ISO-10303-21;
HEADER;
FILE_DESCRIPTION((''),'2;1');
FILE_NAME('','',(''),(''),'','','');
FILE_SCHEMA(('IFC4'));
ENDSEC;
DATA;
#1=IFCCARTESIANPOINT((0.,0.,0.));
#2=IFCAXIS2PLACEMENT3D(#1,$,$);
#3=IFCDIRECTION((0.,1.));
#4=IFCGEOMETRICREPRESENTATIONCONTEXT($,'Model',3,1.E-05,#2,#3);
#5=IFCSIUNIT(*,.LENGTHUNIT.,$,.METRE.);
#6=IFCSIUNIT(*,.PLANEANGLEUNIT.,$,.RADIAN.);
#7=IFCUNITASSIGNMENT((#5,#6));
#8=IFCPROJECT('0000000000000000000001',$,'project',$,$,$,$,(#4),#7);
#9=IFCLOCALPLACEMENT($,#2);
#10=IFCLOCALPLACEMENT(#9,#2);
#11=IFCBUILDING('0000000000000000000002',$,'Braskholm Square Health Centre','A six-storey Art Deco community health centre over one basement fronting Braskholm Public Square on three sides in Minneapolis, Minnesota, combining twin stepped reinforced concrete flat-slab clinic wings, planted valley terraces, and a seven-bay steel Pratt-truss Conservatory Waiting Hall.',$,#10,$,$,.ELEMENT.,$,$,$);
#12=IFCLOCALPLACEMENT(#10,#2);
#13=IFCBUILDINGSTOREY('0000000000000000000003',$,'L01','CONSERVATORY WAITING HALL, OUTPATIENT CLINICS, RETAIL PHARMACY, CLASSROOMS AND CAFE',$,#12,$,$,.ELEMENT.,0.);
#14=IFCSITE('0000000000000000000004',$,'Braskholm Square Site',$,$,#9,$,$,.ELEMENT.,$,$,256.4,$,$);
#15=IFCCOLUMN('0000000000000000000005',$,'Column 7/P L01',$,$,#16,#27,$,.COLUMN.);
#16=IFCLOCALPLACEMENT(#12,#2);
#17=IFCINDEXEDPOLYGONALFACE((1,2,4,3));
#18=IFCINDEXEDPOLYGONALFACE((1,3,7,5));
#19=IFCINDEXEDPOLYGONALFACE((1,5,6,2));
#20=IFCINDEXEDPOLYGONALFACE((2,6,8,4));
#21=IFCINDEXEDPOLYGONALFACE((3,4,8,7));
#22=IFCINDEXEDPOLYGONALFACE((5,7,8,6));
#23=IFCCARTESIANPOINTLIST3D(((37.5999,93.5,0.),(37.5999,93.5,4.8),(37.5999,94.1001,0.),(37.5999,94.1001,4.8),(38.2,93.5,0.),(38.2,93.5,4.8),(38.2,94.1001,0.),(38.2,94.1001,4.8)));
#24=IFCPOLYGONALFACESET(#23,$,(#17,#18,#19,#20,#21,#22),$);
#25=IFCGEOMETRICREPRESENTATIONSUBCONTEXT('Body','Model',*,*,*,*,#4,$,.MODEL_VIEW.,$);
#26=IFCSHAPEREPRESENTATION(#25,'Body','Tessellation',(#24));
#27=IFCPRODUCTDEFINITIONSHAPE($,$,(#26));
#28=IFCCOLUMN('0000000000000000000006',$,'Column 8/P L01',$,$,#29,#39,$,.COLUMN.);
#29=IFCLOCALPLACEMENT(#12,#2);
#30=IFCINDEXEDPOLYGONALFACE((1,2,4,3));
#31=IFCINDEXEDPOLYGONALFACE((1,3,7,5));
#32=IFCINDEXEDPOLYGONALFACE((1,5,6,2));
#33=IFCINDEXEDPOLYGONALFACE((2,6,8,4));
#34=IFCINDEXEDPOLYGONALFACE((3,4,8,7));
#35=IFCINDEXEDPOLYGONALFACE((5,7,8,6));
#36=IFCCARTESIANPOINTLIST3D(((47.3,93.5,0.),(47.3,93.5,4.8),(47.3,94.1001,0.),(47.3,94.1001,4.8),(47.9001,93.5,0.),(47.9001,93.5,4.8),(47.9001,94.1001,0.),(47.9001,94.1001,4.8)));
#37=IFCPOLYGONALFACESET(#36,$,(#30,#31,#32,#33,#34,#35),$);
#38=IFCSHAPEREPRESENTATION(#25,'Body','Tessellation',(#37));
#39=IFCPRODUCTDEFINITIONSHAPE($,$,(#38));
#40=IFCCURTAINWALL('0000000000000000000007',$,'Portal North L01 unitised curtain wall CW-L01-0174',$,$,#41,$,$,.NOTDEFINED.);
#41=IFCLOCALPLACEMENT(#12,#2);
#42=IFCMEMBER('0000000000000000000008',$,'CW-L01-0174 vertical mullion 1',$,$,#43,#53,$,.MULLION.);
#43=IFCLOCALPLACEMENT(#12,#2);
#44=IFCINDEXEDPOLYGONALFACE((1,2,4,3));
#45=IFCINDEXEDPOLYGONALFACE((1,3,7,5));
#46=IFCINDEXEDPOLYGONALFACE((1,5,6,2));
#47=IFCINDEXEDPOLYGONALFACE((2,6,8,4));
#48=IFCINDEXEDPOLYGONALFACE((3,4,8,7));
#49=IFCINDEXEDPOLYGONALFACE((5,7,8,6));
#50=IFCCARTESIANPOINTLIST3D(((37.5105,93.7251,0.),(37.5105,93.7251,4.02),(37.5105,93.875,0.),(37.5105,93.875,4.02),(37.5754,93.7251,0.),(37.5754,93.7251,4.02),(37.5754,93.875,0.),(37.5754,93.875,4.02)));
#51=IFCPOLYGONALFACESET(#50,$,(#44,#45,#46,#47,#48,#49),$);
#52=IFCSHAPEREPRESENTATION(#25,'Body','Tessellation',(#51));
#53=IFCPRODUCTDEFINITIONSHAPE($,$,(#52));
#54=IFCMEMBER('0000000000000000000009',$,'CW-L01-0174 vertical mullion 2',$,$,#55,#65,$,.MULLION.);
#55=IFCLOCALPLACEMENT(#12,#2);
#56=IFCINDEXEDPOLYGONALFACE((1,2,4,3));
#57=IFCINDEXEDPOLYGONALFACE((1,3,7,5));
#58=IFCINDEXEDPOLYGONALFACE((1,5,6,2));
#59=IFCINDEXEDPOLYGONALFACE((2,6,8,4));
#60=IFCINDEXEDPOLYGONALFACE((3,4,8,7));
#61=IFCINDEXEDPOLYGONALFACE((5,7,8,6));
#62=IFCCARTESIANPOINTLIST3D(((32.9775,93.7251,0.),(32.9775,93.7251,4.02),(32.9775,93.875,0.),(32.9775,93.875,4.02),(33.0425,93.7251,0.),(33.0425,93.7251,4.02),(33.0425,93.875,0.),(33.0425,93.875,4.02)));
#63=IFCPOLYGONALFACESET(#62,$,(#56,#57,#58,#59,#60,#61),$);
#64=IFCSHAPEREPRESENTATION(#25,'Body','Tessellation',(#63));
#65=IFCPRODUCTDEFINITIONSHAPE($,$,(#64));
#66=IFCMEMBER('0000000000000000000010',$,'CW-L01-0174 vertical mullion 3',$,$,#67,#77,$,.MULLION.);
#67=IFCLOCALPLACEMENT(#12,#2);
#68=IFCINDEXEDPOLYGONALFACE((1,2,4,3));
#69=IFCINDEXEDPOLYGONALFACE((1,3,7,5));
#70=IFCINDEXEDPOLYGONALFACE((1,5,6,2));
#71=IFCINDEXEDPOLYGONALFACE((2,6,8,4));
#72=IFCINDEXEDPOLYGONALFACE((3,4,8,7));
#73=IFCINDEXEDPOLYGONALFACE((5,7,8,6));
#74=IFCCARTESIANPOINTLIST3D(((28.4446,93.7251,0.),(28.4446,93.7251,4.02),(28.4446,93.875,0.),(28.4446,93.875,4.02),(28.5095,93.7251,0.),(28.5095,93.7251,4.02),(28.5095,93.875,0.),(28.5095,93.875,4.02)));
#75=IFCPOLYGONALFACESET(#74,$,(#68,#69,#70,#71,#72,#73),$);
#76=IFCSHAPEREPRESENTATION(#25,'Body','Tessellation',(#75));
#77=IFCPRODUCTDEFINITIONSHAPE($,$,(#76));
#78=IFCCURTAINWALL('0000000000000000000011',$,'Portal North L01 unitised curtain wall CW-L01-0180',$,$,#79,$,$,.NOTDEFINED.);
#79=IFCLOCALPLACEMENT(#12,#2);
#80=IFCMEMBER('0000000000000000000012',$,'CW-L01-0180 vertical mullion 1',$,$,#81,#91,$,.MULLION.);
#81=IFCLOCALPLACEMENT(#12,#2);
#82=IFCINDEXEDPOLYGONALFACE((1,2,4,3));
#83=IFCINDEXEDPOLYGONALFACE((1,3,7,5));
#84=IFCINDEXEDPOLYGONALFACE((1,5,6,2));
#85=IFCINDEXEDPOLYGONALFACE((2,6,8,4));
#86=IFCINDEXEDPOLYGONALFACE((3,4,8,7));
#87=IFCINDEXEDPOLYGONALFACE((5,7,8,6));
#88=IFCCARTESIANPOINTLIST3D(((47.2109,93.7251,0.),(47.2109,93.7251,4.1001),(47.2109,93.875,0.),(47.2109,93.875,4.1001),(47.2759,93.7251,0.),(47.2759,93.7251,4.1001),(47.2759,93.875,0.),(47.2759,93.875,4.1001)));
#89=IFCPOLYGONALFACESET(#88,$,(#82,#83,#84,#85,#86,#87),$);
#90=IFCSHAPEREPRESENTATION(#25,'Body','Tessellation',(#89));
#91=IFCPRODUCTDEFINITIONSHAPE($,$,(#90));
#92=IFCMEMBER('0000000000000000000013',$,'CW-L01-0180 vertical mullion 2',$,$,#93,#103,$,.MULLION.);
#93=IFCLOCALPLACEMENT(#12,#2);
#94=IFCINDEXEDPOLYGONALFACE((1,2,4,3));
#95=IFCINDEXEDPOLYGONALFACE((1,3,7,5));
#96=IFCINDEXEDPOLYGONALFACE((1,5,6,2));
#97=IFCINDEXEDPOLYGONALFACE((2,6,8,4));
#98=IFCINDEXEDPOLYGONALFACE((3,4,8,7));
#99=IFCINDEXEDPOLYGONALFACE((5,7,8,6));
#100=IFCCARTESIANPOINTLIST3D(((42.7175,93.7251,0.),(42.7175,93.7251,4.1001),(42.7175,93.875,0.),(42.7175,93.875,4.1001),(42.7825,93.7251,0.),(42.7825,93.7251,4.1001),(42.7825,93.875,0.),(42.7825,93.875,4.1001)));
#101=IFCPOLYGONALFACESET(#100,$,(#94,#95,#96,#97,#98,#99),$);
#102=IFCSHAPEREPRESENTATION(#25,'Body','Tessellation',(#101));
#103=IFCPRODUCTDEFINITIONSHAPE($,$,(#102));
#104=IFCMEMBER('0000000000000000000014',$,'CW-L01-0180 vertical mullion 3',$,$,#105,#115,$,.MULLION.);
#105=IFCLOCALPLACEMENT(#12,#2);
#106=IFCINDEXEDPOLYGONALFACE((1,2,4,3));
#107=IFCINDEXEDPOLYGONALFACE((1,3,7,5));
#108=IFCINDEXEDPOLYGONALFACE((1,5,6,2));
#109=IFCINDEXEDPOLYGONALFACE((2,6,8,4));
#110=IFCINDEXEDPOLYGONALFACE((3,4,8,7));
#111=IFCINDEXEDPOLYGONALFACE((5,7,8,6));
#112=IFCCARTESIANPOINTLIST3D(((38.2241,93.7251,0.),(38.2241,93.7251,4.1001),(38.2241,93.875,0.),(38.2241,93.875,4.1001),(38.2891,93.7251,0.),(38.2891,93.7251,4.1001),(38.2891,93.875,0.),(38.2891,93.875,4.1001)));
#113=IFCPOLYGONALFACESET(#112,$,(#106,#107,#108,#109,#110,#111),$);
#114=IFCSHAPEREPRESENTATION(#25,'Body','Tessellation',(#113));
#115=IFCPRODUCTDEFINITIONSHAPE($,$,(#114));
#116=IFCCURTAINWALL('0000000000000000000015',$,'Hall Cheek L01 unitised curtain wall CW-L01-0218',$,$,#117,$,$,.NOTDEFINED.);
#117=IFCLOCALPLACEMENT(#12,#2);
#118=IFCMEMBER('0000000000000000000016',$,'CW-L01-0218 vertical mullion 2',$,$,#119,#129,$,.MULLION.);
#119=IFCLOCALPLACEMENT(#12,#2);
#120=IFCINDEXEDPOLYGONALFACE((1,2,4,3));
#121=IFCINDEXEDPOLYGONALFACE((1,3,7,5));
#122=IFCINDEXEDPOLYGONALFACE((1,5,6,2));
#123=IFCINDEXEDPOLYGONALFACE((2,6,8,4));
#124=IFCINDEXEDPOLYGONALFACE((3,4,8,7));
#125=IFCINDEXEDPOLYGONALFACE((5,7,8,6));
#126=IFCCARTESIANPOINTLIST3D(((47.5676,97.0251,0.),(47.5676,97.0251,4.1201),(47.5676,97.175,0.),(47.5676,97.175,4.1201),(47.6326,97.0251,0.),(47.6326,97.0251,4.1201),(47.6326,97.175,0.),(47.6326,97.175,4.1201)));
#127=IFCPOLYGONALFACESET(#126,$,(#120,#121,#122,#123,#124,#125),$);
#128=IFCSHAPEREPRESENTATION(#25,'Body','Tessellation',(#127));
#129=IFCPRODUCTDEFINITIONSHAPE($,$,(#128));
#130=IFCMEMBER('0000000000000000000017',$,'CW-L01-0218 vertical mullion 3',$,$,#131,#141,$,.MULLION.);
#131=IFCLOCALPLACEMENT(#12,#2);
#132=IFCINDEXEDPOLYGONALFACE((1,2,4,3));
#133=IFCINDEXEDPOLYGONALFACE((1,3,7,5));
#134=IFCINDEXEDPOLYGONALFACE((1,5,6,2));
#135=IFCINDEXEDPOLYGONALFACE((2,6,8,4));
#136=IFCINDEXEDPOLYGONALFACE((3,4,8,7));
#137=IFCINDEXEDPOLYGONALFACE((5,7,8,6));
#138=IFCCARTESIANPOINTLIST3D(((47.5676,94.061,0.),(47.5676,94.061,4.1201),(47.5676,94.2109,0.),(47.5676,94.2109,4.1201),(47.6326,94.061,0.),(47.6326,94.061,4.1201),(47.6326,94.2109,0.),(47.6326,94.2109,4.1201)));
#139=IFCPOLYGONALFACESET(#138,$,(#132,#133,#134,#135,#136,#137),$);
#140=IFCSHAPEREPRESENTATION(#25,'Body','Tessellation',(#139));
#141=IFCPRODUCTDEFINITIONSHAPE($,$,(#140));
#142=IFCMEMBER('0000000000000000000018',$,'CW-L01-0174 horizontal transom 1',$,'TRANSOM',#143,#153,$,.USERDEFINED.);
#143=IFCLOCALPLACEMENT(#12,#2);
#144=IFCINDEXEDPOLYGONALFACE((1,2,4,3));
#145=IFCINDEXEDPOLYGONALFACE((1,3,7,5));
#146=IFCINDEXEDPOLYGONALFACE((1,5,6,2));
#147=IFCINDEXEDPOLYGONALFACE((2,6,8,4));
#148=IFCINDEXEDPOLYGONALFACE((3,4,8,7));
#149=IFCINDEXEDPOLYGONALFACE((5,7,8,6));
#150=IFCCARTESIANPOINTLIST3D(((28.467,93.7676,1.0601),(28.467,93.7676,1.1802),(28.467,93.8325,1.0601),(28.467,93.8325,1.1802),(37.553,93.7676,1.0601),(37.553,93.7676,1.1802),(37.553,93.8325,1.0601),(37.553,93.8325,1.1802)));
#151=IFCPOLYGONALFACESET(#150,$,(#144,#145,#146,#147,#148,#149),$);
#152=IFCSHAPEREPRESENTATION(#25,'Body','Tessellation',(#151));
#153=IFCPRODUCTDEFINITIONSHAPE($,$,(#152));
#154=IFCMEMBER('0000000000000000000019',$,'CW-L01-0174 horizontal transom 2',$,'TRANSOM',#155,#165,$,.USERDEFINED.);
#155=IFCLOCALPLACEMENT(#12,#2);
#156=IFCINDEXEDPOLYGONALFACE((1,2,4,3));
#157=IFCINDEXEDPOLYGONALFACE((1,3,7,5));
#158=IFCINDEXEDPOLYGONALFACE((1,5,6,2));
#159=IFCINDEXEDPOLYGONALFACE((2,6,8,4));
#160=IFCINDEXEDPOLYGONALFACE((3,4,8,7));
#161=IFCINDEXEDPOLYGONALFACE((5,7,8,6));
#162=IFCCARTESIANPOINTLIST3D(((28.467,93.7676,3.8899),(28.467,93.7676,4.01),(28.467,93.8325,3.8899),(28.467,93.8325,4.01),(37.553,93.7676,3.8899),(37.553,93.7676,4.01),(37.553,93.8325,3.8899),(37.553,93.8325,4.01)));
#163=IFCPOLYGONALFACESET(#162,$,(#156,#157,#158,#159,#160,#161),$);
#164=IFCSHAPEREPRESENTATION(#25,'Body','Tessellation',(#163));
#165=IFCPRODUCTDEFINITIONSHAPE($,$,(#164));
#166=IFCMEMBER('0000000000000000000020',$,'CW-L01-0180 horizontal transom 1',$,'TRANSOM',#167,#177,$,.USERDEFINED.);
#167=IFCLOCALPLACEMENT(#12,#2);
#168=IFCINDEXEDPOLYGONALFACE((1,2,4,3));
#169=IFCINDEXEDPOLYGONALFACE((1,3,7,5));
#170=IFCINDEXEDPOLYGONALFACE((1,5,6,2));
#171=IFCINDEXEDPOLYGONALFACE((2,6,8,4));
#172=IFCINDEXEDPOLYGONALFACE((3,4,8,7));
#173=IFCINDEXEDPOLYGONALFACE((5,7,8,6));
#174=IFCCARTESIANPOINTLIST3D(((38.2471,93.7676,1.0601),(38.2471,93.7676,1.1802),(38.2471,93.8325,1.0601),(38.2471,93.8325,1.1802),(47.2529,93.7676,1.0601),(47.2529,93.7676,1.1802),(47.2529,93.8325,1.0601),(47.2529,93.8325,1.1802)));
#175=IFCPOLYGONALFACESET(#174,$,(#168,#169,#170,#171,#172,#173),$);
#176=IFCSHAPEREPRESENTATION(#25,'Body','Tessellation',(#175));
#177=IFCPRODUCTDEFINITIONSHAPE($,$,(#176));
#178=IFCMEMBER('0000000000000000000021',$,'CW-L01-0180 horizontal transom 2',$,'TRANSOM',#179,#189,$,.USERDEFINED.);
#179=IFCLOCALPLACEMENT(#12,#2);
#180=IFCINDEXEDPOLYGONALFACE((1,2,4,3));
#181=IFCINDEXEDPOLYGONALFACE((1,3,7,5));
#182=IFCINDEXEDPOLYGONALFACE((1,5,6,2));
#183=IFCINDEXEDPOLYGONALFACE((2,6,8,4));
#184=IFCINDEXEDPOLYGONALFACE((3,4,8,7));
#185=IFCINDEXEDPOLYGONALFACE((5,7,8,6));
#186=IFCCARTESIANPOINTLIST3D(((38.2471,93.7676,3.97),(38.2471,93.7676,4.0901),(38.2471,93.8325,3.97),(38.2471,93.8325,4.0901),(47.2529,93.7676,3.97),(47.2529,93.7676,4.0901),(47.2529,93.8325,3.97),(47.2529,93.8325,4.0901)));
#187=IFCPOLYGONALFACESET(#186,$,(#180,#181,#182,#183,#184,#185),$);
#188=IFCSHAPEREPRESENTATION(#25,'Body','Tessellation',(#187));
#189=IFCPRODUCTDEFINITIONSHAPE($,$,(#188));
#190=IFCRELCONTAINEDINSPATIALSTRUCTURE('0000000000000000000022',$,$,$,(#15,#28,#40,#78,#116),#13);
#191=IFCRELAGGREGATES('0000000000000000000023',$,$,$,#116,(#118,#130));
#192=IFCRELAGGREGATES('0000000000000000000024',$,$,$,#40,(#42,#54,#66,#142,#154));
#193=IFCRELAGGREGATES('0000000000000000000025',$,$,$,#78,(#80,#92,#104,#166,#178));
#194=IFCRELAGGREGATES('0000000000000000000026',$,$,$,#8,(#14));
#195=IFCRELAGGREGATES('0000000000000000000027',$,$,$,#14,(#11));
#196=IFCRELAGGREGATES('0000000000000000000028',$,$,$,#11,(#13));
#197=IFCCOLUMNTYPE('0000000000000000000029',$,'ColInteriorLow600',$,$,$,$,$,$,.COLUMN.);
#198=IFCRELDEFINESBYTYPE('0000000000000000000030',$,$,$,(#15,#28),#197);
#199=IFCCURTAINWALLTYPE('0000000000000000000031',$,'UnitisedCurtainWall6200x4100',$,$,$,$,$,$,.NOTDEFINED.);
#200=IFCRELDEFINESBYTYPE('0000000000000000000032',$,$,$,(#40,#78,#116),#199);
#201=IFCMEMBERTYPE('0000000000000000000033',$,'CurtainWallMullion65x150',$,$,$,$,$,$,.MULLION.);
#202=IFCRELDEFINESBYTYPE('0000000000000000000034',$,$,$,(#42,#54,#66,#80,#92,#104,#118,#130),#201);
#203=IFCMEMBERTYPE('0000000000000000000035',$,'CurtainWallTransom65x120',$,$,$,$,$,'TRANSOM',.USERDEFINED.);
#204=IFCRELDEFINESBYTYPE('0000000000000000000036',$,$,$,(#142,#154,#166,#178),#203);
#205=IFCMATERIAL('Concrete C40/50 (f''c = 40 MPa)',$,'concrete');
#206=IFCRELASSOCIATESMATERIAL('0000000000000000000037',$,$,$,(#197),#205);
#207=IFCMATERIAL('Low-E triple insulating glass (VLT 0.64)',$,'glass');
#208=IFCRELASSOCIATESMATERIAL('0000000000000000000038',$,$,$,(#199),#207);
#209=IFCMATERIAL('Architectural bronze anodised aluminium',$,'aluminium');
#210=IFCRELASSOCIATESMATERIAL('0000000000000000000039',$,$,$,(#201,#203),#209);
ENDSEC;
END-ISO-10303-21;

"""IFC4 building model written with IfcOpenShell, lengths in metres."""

from ifc_helpers import new_model, si_unit, direction, frame, origin, origin_2d, place, context, subcontext, project, spatial, rectangle, extrude, material, material_profile, profile_set, type_object, element, aggregate, save


model = new_model("IFC4")

# Units and contexts
model_context = context("Model", 3, precision=1e-05, world=origin(), true_north=direction((0.0, 1.0)))
body_context = subcontext(model_context, "Body", "Model", "MODEL_VIEW")
ifc_project = project(units=[si_unit("LENGTHUNIT", "METRE"), si_unit("PLANEANGLEUNIT", "RADIAN")], contexts=[model_context])

# Site, building, storey
site_placement = place(None, origin())
site = spatial("IfcSite", under=ifc_project, at=site_placement, Name="Braskholm Square Site", CompositionType="ELEMENT", RefElevation=256.4)
building_placement = place(site_placement, origin())
building = spatial("IfcBuilding", under=site, at=building_placement, Name="Braskholm Square Health Centre", Description="A six-storey Art Deco community health centre over one basement fronting Braskholm Public Square on three sides in Minneapolis, Minnesota, combining twin stepped reinforced concrete flat-slab clinic wings, planted valley terraces, and a seven-bay steel Pratt-truss Conservatory Waiting Hall.", CompositionType="ELEMENT")
storey_placement = place(building_placement, origin())
storey = spatial("IfcBuildingStorey", under=building, at=storey_placement, Name="L01", Description="CONSERVATORY WAITING HALL, OUTPATIENT CLINICS, RETAIL PHARMACY, CLASSROOMS AND CAFE", CompositionType="ELEMENT", Elevation=0.0)

# Columns
ifc_material_1 = material(Name="Concrete C40/50 (f'c = 40 MPa)", Category="concrete")
ifc_material_profile_1 = material_profile(ifc_material_1, rectangle(XDim=0.6001, YDim=0.6001, at=origin_2d()), Name="RC-600X600")
ifc_profile_set_1 = profile_set([ifc_material_profile_1], Name="Concrete C40/50 (f'c = 40 MPa)")
column_type = type_object("IfcColumnType", Name="ColInteriorLow600", PredefinedType="COLUMN", material=ifc_profile_set_1)
for number, where, z_axis, x_axis, name in (
    (1, (37.8999, 93.8, 0.0), (0.0, 0.0, 1.0), (1.0, 0.0, 0.0), "Column 7/P L01"),
    (2, (47.6001, 93.8, 0.0), (0.0, 0.0, 1.0), (1.0, 0.0, 0.0), "Column 8/P L01"),
):
    element("IfcColumn", number, at=place(storey_placement, frame(where, z_axis=z_axis, x_axis=x_axis)), inside=storey, type_object=column_type, Name=name, PredefinedType="COLUMN", context=body_context, shape_type="SweptSolid", body=[
        extrude(rectangle(XDim=0.6001, YDim=0.6001, at=origin_2d()), origin(), (0.0, 0.0, 1.0), 4.8),
    ])

# Curtain walls, members
ifc_material_2 = material(Name="Low-E triple insulating glass (VLT 0.64)", Category="glass")
curtain_wall_type = type_object("IfcCurtainWallType", Name="UnitisedCurtainWall6200x4100", PredefinedType="NOTDEFINED", material=ifc_material_2)
curtain_wall_1_placement = place(storey_placement, origin())
curtain_wall_1 = element("IfcCurtainWall", 3, at=curtain_wall_1_placement, inside=storey, type_object=curtain_wall_type, Name="Portal North L01 unitised curtain wall CW-L01-0174", PredefinedType="NOTDEFINED")
ifc_material_3 = material(Name="Architectural bronze anodised aluminium", Category="aluminium")
ifc_material_profile_2 = material_profile(ifc_material_3, rectangle(XDim=0.0649, YDim=0.1499, at=origin_2d()), Name="ALU-65X150")
ifc_profile_set_2 = profile_set([ifc_material_profile_2], Name="Architectural bronze anodised aluminium")
member_type_1 = type_object("IfcMemberType", Name="CurtainWallMullion65x150", PredefinedType="MULLION", material=ifc_profile_set_2)
member_1_placement = place(storey_placement, frame((37.543, 93.8, 0.0), z_axis=(0.0, 0.0, 1.0), x_axis=(1.0, 0.0, 0.0)))
member_1 = element("IfcMember", 4, at=member_1_placement, type_object=member_type_1, Name="CW-L01-0174 vertical mullion 1", PredefinedType="MULLION", context=body_context, shape_type="SweptSolid", body=[
    extrude(rectangle(XDim=0.0649, YDim=0.1499, at=origin_2d()), origin(), (0.0, 0.0, 1.0), 4.02),
])
member_2_placement = place(storey_placement, frame((33.01, 93.8, 0.0), z_axis=(0.0, 0.0, 1.0), x_axis=(1.0, 0.0, 0.0)))
member_2 = element("IfcMember", 5, at=member_2_placement, type_object=member_type_1, Name="CW-L01-0174 vertical mullion 2", PredefinedType="MULLION", context=body_context, shape_type="SweptSolid", body=[
    extrude(rectangle(XDim=0.0649, YDim=0.1499, at=origin_2d()), origin(), (0.0, 0.0, 1.0), 4.02),
])
member_3_placement = place(storey_placement, frame((28.4771, 93.8, 0.0), z_axis=(0.0, 0.0, 1.0), x_axis=(1.0, 0.0, 0.0)))
member_3 = element("IfcMember", 6, at=member_3_placement, type_object=member_type_1, Name="CW-L01-0174 vertical mullion 3", PredefinedType="MULLION", context=body_context, shape_type="SweptSolid", body=[
    extrude(rectangle(XDim=0.0649, YDim=0.1499, at=origin_2d()), origin(), (0.0, 0.0, 1.0), 4.02),
])
curtain_wall_2_placement = place(storey_placement, origin())
curtain_wall_2 = element("IfcCurtainWall", 7, at=curtain_wall_2_placement, inside=storey, type_object=curtain_wall_type, Name="Portal North L01 unitised curtain wall CW-L01-0180", PredefinedType="NOTDEFINED")
member_4_placement = place(storey_placement, frame((47.2434, 93.8, 0.0), z_axis=(0.0, 0.0, 1.0), x_axis=(1.0, 0.0, 0.0)))
member_4 = element("IfcMember", 8, at=member_4_placement, type_object=member_type_1, Name="CW-L01-0180 vertical mullion 1", PredefinedType="MULLION", context=body_context, shape_type="SweptSolid", body=[
    extrude(rectangle(XDim=0.0649, YDim=0.1499, at=origin_2d()), origin(), (0.0, 0.0, 1.0), 4.1001),
])
member_5_placement = place(storey_placement, frame((42.75, 93.8, 0.0), z_axis=(0.0, 0.0, 1.0), x_axis=(1.0, 0.0, 0.0)))
member_5 = element("IfcMember", 9, at=member_5_placement, type_object=member_type_1, Name="CW-L01-0180 vertical mullion 2", PredefinedType="MULLION", context=body_context, shape_type="SweptSolid", body=[
    extrude(rectangle(XDim=0.0649, YDim=0.1499, at=origin_2d()), origin(), (0.0, 0.0, 1.0), 4.1001),
])
member_6_placement = place(storey_placement, frame((38.2566, 93.8, 0.0), z_axis=(0.0, 0.0, 1.0), x_axis=(1.0, 0.0, 0.0)))
member_6 = element("IfcMember", 10, at=member_6_placement, type_object=member_type_1, Name="CW-L01-0180 vertical mullion 3", PredefinedType="MULLION", context=body_context, shape_type="SweptSolid", body=[
    extrude(rectangle(XDim=0.0649, YDim=0.1499, at=origin_2d()), origin(), (0.0, 0.0, 1.0), 4.1001),
])
curtain_wall_3_placement = place(storey_placement, origin())
curtain_wall_3 = element("IfcCurtainWall", 11, at=curtain_wall_3_placement, inside=storey, type_object=curtain_wall_type, Name="Hall Cheek L01 unitised curtain wall CW-L01-0218", PredefinedType="NOTDEFINED")
member_7_placement = place(storey_placement, frame((47.6001, 97.1001, 0.0), z_axis=(0.0, 0.0, 1.0), x_axis=(1.0, 0.0, 0.0)))
member_7 = element("IfcMember", 12, at=member_7_placement, type_object=member_type_1, Name="CW-L01-0218 vertical mullion 2", PredefinedType="MULLION", context=body_context, shape_type="SweptSolid", body=[
    extrude(rectangle(XDim=0.0649, YDim=0.1499, at=origin_2d()), origin(), (0.0, 0.0, 1.0), 4.1201),
])
member_8_placement = place(storey_placement, frame((47.6001, 94.136, 0.0), z_axis=(0.0, 0.0, 1.0), x_axis=(1.0, 0.0, 0.0)))
member_8 = element("IfcMember", 13, at=member_8_placement, type_object=member_type_1, Name="CW-L01-0218 vertical mullion 3", PredefinedType="MULLION", context=body_context, shape_type="SweptSolid", body=[
    extrude(rectangle(XDim=0.0649, YDim=0.1499, at=origin_2d()), origin(), (0.0, 0.0, 1.0), 4.1201),
])

# Members
ifc_material_profile_3 = material_profile(ifc_material_3, rectangle(XDim=0.0649, YDim=0.1201, at=origin_2d()), Name="ALU-65X120")
ifc_profile_set_3 = profile_set([ifc_material_profile_3], Name="Architectural bronze anodised aluminium")
member_type_2 = type_object("IfcMemberType", Name="CurtainWallTransom65x120", ElementType="TRANSOM", PredefinedType="USERDEFINED", material=ifc_profile_set_3)
member_9_placement = place(storey_placement, frame((37.553, 93.8, 1.1201), z_axis=(-1.0, 0.0, 0.0), x_axis=(0.0, -1.0, 0.0)))
member_9 = element("IfcMember", 14, at=member_9_placement, type_object=member_type_2, Name="CW-L01-0174 horizontal transom 1", ObjectType="TRANSOM", PredefinedType="USERDEFINED", context=body_context, shape_type="SweptSolid", body=[
    extrude(rectangle(XDim=0.0649, YDim=0.1201, at=origin_2d()), origin(), (0.0, 0.0, 1.0), 9.0859),
])
member_10_placement = place(storey_placement, frame((37.553, 93.8, 3.95), z_axis=(-1.0, 0.0, 0.0), x_axis=(0.0, -1.0, 0.0)))
member_10 = element("IfcMember", 15, at=member_10_placement, type_object=member_type_2, Name="CW-L01-0174 horizontal transom 2", ObjectType="TRANSOM", PredefinedType="USERDEFINED", context=body_context, shape_type="SweptSolid", body=[
    extrude(rectangle(XDim=0.0649, YDim=0.1201, at=origin_2d()), origin(), (0.0, 0.0, 1.0), 9.0859),
])
member_11_placement = place(storey_placement, frame((47.2529, 93.8, 1.1201), z_axis=(-1.0, 0.0, 0.0), x_axis=(0.0, -1.0, 0.0)))
member_11 = element("IfcMember", 16, at=member_11_placement, type_object=member_type_2, Name="CW-L01-0180 horizontal transom 1", ObjectType="TRANSOM", PredefinedType="USERDEFINED", context=body_context, shape_type="SweptSolid", body=[
    extrude(rectangle(XDim=0.0649, YDim=0.1201, at=origin_2d()), origin(), (0.0, 0.0, 1.0), 9.0059),
])
member_12_placement = place(storey_placement, frame((47.2529, 93.8, 4.03), z_axis=(-1.0, 0.0, 0.0), x_axis=(0.0, -1.0, 0.0)))
member_12 = element("IfcMember", 17, at=member_12_placement, type_object=member_type_2, Name="CW-L01-0180 horizontal transom 2", ObjectType="TRANSOM", PredefinedType="USERDEFINED", context=body_context, shape_type="SweptSolid", body=[
    extrude(rectangle(XDim=0.0649, YDim=0.1201, at=origin_2d()), origin(), (0.0, 0.0, 1.0), 9.0059),
])

aggregate(curtain_wall_3, [member_7, member_8])
aggregate(curtain_wall_1, [member_1, member_2, member_3, member_9, member_10])
aggregate(curtain_wall_2, [member_4, member_5, member_6, member_11, member_12])

save(model, "model.ifc")
